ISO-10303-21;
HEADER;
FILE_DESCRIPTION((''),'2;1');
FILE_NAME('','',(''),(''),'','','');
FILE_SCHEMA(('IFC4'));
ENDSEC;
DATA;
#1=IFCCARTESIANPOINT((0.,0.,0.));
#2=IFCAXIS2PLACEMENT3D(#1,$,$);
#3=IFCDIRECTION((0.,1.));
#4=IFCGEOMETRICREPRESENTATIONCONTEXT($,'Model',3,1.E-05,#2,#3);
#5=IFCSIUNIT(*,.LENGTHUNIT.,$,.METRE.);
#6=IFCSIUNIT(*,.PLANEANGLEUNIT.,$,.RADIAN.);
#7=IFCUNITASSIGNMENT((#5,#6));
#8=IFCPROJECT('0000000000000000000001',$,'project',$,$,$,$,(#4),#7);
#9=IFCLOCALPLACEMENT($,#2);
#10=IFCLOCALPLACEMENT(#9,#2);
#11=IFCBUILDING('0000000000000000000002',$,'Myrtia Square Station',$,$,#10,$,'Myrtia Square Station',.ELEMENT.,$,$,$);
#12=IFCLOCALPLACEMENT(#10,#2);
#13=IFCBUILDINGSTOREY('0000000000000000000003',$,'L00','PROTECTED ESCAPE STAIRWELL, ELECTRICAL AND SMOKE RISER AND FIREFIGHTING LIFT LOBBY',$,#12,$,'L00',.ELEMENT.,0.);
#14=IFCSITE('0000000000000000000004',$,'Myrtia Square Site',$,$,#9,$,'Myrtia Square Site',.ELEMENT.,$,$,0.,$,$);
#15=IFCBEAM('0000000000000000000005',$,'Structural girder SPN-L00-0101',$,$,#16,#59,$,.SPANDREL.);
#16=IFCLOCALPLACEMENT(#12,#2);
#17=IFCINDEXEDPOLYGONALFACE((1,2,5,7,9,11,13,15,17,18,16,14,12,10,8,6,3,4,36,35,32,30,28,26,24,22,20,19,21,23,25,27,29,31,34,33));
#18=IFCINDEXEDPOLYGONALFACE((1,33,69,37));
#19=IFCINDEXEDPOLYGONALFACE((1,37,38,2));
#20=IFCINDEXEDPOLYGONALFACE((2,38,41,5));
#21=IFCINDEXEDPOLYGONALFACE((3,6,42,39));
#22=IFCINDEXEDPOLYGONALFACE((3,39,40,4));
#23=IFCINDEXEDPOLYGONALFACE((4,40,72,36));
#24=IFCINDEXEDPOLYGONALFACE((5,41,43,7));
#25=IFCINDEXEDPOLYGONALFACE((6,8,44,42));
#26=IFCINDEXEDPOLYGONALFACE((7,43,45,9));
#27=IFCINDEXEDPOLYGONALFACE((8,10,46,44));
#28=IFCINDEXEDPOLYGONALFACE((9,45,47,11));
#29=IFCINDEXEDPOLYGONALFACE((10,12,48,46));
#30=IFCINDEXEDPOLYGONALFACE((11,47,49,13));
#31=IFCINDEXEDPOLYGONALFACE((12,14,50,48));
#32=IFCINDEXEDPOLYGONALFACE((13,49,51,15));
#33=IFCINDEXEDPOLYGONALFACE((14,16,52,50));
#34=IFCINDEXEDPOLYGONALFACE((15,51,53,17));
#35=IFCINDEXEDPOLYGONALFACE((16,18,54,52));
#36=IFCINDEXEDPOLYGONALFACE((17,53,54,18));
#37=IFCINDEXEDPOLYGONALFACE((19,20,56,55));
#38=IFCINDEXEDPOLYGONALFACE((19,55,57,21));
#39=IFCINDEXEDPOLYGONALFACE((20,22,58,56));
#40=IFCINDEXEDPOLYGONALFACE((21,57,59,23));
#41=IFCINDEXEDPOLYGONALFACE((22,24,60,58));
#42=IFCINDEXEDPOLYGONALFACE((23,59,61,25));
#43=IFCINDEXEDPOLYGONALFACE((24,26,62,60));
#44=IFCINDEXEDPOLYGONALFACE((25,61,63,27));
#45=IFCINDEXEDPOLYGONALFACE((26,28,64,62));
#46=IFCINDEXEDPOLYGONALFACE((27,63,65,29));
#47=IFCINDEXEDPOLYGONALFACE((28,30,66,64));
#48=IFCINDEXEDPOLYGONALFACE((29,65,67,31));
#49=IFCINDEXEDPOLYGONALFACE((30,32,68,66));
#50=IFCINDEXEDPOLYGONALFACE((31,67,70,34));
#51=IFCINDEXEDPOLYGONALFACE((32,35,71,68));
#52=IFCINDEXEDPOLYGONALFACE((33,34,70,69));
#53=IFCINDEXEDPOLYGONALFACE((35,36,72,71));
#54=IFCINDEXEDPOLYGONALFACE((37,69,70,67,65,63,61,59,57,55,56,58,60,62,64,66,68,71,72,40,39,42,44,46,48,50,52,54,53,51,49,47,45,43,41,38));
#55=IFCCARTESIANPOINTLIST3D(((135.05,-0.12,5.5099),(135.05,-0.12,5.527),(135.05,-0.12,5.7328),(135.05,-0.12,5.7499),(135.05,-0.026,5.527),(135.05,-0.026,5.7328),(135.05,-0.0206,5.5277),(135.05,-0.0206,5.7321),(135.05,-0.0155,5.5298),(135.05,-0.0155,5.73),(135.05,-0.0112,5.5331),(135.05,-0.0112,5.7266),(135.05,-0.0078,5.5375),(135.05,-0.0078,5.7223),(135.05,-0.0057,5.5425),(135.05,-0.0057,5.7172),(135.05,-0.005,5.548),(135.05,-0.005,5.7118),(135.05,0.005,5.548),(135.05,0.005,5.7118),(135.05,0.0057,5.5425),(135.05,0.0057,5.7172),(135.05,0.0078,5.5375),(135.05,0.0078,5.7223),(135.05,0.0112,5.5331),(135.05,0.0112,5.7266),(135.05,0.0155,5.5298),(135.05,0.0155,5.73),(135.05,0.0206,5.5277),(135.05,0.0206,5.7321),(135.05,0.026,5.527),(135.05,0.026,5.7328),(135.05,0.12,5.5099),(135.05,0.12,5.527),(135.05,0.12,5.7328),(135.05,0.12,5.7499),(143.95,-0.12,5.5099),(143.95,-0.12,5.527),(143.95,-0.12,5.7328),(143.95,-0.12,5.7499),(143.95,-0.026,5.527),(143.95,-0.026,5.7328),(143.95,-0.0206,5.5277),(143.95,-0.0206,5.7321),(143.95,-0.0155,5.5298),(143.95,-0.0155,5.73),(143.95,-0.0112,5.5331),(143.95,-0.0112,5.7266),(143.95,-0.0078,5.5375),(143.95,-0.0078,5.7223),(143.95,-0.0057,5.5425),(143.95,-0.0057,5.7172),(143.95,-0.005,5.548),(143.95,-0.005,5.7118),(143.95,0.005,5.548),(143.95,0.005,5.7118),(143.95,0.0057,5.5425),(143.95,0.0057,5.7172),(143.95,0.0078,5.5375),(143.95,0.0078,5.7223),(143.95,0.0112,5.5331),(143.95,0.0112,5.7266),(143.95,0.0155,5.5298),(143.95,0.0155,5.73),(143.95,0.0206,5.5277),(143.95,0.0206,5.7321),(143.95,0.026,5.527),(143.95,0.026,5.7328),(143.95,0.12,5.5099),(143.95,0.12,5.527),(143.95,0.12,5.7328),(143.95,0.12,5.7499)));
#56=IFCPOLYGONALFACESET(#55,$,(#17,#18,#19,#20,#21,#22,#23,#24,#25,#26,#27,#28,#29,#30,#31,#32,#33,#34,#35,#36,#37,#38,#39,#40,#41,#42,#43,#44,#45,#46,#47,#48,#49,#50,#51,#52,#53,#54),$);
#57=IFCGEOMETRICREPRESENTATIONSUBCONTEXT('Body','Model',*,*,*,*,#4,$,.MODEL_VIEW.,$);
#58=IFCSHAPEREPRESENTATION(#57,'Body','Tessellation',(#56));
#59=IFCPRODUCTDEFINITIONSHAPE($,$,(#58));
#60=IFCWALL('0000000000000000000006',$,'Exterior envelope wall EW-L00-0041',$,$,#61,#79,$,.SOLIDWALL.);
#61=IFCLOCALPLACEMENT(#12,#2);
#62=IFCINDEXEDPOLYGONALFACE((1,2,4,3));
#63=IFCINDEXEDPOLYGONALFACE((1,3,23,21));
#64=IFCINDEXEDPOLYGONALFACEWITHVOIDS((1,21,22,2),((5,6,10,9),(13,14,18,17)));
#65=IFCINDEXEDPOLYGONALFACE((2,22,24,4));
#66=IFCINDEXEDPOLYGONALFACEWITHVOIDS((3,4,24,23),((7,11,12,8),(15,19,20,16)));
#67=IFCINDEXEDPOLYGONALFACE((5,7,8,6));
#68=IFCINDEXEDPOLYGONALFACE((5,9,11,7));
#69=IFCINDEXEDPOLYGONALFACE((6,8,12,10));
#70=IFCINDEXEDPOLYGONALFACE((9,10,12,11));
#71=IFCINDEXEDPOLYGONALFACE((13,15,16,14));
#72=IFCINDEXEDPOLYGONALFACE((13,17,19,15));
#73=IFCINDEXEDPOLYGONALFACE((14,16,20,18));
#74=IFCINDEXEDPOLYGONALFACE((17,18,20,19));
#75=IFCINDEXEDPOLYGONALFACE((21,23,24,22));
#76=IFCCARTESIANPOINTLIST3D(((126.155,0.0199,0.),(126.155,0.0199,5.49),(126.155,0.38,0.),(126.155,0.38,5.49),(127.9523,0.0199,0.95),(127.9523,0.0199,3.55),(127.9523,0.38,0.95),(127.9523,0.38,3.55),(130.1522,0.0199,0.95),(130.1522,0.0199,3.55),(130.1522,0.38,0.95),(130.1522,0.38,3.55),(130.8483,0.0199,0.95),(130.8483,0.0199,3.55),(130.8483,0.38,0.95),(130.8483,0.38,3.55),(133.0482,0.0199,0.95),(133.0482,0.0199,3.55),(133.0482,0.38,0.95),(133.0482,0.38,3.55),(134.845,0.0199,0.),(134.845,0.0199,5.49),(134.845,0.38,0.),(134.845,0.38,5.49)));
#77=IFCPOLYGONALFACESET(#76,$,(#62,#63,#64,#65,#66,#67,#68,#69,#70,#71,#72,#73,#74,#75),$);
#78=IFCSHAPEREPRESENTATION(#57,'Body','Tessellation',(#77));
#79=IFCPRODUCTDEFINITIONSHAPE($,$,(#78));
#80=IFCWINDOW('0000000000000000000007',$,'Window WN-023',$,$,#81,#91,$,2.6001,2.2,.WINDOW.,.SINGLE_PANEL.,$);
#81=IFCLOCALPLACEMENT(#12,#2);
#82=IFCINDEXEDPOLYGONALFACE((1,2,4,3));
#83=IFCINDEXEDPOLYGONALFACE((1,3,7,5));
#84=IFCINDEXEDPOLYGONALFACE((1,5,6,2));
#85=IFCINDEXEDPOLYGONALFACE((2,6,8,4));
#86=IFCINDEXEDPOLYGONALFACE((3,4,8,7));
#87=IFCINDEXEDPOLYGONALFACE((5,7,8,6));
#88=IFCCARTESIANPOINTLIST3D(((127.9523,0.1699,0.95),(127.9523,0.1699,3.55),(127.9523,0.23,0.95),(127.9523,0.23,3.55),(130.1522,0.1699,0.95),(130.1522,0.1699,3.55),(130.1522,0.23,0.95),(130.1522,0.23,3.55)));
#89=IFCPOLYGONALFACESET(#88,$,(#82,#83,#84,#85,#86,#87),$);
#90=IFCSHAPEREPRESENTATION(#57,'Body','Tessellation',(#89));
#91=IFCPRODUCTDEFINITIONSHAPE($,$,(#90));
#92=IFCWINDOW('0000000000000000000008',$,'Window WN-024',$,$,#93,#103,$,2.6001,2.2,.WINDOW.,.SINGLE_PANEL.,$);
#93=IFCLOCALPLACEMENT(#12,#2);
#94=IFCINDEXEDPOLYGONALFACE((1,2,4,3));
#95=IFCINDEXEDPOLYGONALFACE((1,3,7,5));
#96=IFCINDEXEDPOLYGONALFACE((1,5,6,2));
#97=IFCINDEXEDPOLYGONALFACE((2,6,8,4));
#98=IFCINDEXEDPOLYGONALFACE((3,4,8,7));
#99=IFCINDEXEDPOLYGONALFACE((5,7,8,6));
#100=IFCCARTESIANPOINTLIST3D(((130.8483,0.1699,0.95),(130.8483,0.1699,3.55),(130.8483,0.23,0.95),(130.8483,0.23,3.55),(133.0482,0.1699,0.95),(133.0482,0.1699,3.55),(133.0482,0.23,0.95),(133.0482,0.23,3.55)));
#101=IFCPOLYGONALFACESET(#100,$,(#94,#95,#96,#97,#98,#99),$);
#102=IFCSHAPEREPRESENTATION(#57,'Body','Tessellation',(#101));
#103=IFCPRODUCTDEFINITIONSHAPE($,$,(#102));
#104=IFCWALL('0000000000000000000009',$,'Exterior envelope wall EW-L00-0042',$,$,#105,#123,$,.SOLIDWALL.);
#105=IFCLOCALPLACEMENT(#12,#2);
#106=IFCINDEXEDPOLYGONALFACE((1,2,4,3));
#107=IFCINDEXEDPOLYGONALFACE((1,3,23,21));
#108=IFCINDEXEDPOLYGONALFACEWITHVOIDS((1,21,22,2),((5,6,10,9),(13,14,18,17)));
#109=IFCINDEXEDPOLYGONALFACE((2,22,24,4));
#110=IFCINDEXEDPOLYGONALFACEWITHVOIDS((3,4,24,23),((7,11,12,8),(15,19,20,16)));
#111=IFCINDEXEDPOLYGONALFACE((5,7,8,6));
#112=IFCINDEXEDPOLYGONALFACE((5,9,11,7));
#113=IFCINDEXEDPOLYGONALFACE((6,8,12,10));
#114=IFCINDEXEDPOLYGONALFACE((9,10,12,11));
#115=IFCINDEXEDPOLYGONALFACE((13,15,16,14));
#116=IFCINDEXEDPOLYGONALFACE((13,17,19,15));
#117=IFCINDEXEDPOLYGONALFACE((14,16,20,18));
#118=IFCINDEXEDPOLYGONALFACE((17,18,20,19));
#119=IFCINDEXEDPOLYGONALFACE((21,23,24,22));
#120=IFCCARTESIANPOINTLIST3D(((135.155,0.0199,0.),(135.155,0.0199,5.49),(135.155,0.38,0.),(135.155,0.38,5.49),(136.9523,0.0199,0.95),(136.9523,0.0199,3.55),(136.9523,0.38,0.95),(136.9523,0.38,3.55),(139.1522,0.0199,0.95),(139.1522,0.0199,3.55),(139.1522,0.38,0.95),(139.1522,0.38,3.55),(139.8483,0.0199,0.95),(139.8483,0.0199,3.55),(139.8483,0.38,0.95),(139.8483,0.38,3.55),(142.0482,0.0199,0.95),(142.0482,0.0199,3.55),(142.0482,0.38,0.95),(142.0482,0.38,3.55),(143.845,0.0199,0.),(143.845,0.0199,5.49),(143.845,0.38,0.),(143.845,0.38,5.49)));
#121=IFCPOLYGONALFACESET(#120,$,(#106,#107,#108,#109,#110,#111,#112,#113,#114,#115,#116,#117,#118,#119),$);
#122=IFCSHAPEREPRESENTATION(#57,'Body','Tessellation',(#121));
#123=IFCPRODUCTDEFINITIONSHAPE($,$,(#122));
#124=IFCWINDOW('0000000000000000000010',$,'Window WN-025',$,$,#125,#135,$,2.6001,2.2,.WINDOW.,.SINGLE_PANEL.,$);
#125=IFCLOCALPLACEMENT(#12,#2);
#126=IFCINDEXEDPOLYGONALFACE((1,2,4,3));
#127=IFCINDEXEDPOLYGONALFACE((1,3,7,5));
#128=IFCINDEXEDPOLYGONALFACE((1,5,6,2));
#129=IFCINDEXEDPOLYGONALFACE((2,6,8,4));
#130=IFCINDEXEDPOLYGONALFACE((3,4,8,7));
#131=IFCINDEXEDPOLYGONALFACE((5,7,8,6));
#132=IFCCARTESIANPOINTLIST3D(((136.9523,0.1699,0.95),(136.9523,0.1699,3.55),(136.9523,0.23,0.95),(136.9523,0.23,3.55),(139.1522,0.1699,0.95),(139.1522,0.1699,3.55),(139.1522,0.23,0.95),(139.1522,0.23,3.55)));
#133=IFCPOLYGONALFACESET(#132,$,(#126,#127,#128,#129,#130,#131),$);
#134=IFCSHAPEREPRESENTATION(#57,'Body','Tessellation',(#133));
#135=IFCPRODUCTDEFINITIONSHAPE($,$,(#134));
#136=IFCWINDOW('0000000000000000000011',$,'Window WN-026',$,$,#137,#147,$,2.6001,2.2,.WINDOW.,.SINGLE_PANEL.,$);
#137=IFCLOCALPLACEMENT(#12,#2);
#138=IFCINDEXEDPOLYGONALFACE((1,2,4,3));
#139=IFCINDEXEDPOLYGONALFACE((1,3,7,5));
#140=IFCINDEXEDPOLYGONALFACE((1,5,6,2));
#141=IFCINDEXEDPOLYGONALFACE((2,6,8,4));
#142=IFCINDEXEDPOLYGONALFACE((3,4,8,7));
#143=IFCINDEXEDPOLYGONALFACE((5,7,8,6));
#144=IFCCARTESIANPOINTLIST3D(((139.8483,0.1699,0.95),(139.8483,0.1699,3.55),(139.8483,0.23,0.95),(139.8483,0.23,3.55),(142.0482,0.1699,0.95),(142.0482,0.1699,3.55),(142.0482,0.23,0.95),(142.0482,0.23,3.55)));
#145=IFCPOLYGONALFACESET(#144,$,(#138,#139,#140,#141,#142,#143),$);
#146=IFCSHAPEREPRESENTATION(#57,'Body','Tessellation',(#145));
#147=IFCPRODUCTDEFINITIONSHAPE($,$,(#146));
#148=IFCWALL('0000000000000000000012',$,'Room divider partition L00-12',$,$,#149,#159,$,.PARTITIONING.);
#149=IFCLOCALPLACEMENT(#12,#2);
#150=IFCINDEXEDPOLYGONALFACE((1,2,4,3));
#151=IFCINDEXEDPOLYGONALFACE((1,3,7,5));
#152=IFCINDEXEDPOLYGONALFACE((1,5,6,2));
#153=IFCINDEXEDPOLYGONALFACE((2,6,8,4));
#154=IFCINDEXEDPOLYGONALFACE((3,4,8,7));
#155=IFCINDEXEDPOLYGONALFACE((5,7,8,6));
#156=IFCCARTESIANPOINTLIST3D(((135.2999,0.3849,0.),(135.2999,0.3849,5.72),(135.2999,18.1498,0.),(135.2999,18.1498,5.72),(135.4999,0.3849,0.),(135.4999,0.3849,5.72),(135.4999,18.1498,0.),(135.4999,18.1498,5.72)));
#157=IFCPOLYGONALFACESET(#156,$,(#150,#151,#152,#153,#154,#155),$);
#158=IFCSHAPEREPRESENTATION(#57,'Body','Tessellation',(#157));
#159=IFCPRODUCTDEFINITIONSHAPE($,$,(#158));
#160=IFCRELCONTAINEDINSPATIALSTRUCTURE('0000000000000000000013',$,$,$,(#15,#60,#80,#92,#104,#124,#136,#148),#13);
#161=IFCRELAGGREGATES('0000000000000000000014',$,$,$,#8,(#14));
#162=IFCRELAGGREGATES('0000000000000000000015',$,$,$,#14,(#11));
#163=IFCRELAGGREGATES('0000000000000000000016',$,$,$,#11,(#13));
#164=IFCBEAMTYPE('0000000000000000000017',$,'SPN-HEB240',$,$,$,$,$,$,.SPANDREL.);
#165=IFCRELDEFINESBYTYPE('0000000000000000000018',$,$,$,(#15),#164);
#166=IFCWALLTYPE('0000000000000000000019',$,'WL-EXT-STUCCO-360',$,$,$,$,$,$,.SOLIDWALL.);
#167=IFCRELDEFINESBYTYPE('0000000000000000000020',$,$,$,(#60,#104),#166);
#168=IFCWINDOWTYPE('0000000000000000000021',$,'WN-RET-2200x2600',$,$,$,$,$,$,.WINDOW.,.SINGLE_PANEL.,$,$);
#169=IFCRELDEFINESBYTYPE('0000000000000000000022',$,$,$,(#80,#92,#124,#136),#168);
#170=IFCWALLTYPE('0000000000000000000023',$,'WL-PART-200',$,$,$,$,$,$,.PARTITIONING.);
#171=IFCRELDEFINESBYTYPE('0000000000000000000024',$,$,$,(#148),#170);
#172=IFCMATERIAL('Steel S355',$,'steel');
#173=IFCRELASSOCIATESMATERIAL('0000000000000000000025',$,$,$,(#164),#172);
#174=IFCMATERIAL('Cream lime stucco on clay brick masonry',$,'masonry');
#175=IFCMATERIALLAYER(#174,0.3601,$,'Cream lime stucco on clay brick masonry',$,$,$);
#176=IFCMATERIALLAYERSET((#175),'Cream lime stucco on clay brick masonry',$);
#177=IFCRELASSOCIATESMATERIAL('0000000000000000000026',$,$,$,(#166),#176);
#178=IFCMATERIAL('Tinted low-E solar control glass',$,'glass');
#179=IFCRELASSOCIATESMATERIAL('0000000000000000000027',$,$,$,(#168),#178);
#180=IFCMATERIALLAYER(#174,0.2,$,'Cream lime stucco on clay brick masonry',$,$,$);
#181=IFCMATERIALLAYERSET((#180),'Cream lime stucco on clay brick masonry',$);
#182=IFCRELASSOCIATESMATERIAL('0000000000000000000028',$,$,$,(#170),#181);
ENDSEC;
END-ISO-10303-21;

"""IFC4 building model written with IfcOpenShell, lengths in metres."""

from ifc_helpers import new_model, si_unit, direction, frame, frame_2d, origin, origin_2d, place, context, subcontext, project, spatial, rectangle, i_section, extrude, material, layer, layer_set, material_profile, profile_set, type_object, element, fill, save


model = new_model("IFC4")

# Units and contexts
model_context = context("Model", 3, precision=1e-05, world=origin(), true_north=direction((0.0, 1.0)))
body_context = subcontext(model_context, "Body", "Model", "MODEL_VIEW")
ifc_project = project(units=[si_unit("LENGTHUNIT", "METRE"), si_unit("PLANEANGLEUNIT", "RADIAN")], contexts=[model_context])

# Site, building, storey
site_placement = place(None, origin())
site = spatial("IfcSite", under=ifc_project, at=site_placement, Name="Myrtia Square Site", LongName="Myrtia Square Site", CompositionType="ELEMENT", RefElevation=0.0)
building_placement = place(site_placement, origin())
building = spatial("IfcBuilding", under=site, at=building_placement, Name="Myrtia Square Station", LongName="Myrtia Square Station", CompositionType="ELEMENT")
storey_placement = place(building_placement, origin())
storey = spatial("IfcBuildingStorey", under=building, at=storey_placement, Name="L00", Description="PROTECTED ESCAPE STAIRWELL, ELECTRICAL AND SMOKE RISER AND FIREFIGHTING LIFT LOBBY", LongName="L00", CompositionType="ELEMENT", Elevation=0.0)

# Shared definitions
ifc_material_1 = material(Name="Steel S355", Category="steel")

# Beam
ifc_material_profile_1 = material_profile(ifc_material_1, i_section(OverallWidth=0.24, OverallDepth=0.24, WebThickness=0.01, FlangeThickness=0.0171, FilletRadius=0.021, at=origin_2d()), Name="HEB 240")
ifc_profile_set_1 = profile_set([ifc_material_profile_1], Name="Steel S355")
beam_type_1 = type_object("IfcBeamType", Name="SPN-HEB240", PredefinedType="SPANDREL", material=ifc_profile_set_1)
beam_1_placement = place(storey_placement, frame((135.05, 0.0, 5.6299), z_axis=(1.0, 0.0, 0.0), x_axis=(0.0, 1.0, 0.0)))
element("IfcBeam", 1, at=beam_1_placement, inside=storey, type_object=beam_type_1, Name="Structural girder SPN-L00-0101", PredefinedType="SPANDREL", context=body_context, shape_type="SweptSolid", body=[
    extrude(i_section(OverallWidth=0.24, OverallDepth=0.24, WebThickness=0.01, FlangeThickness=0.0171, FilletRadius=0.021, at=origin_2d()), origin(), (0.0, 0.0, 1.0), 8.8999),
])

# Walls, openings, windows
ifc_material_2 = material(Name="Cream lime stucco on clay brick masonry", Category="masonry")
ifc_layer_1 = layer(ifc_material_2, 0.3601, Name="Cream lime stucco on clay brick masonry")
ifc_layer_set_1 = layer_set([ifc_layer_1], Name="Cream lime stucco on clay brick masonry")
wall_type_1 = type_object("IfcWallType", Name="WL-EXT-STUCCO-360", PredefinedType="SOLIDWALL", material=ifc_layer_set_1)
wall_1_placement = place(storey_placement, frame((126.155, 0.2, 0.0), z_axis=(0.0, 0.0, 1.0), x_axis=(1.0, 0.0, 0.0)))
wall_1 = element("IfcWall", 2, at=wall_1_placement, inside=storey, type_object=wall_type_1, Name="Exterior envelope wall EW-L00-0041", PredefinedType="SOLIDWALL", context=body_context, shape_type="SweptSolid", body=[
    extrude(rectangle(XDim=8.6899, YDim=0.3601, at=frame_2d((4.345, 0.0))), origin(), (0.0, 0.0, 1.0), 5.49),
])
opening_1_placement = place(wall_1_placement, frame((1.7971, 0.0, 0.95)))
opening_1 = element("IfcOpeningElement", 3, at=opening_1_placement, cuts=wall_1, PredefinedType="OPENING", context=body_context, shape_type="SweptSolid", body=[
    extrude(rectangle(XDim=2.2, YDim=2.6001, at=frame_2d((1.1001, 1.3))), frame((0.0, 0.1951, 0.0), z_axis=(0.0, -1.0, 0.0), x_axis=(1.0, 0.0, 0.0)), (0.0, 0.0, 1.0), 0.3901),
])
opening_2_placement = place(wall_1_placement, frame((4.6931, 0.0, 0.95)))
opening_2 = element("IfcOpeningElement", 4, at=opening_2_placement, cuts=wall_1, PredefinedType="OPENING", context=body_context, shape_type="SweptSolid", body=[
    extrude(rectangle(XDim=2.2, YDim=2.6001, at=frame_2d((1.1001, 1.3))), frame((0.0, 0.1951, 0.0), z_axis=(0.0, -1.0, 0.0), x_axis=(1.0, 0.0, 0.0)), (0.0, 0.0, 1.0), 0.3901),
])
ifc_material_3 = material(Name="Tinted low-E solar control glass", Category="glass")
window_type = type_object("IfcWindowType", Name="WN-RET-2200x2600", PartitioningType="SINGLE_PANEL", PredefinedType="WINDOW", material=ifc_material_3)
window_1_placement = place(opening_1_placement, origin())
window_1 = element("IfcWindow", 5, at=window_1_placement, inside=storey, type_object=window_type, Name="Window WN-023", OverallHeight=2.6001, OverallWidth=2.2, PartitioningType="SINGLE_PANEL", PredefinedType="WINDOW", context=body_context, shape_type="SweptSolid", body=[
    extrude(rectangle(XDim=2.2, YDim=2.6001, at=frame_2d((1.1001, 1.3))), frame((0.0, 0.03, 0.0), z_axis=(0.0, -1.0, 0.0), x_axis=(1.0, 0.0, 0.0)), (0.0, 0.0, 1.0), 0.0601),
])
fill(opening_1, window_1)
window_2_placement = place(opening_2_placement, origin())
window_2 = element("IfcWindow", 6, at=window_2_placement, inside=storey, type_object=window_type, Name="Window WN-024", OverallHeight=2.6001, OverallWidth=2.2, PartitioningType="SINGLE_PANEL", PredefinedType="WINDOW", context=body_context, shape_type="SweptSolid", body=[
    extrude(rectangle(XDim=2.2, YDim=2.6001, at=frame_2d((1.1001, 1.3))), frame((0.0, 0.03, 0.0), z_axis=(0.0, -1.0, 0.0), x_axis=(1.0, 0.0, 0.0)), (0.0, 0.0, 1.0), 0.0601),
])
fill(opening_2, window_2)
wall_2_placement = place(storey_placement, frame((135.155, 0.2, 0.0), z_axis=(0.0, 0.0, 1.0), x_axis=(1.0, 0.0, 0.0)))
wall_2 = element("IfcWall", 7, at=wall_2_placement, inside=storey, type_object=wall_type_1, Name="Exterior envelope wall EW-L00-0042", PredefinedType="SOLIDWALL", context=body_context, shape_type="SweptSolid", body=[
    extrude(rectangle(XDim=8.6899, YDim=0.3601, at=frame_2d((4.345, 0.0))), origin(), (0.0, 0.0, 1.0), 5.49),
])
opening_3_placement = place(wall_2_placement, frame((1.7971, 0.0, 0.95)))
opening_3 = element("IfcOpeningElement", 8, at=opening_3_placement, cuts=wall_2, PredefinedType="OPENING", context=body_context, shape_type="SweptSolid", body=[
    extrude(rectangle(XDim=2.2, YDim=2.6001, at=frame_2d((1.1001, 1.3))), frame((0.0, 0.1951, 0.0), z_axis=(0.0, -1.0, 0.0), x_axis=(1.0, 0.0, 0.0)), (0.0, 0.0, 1.0), 0.3901),
])
opening_4_placement = place(wall_2_placement, frame((4.6931, 0.0, 0.95)))
opening_4 = element("IfcOpeningElement", 9, at=opening_4_placement, cuts=wall_2, PredefinedType="OPENING", context=body_context, shape_type="SweptSolid", body=[
    extrude(rectangle(XDim=2.2, YDim=2.6001, at=frame_2d((1.1001, 1.3))), frame((0.0, 0.1951, 0.0), z_axis=(0.0, -1.0, 0.0), x_axis=(1.0, 0.0, 0.0)), (0.0, 0.0, 1.0), 0.3901),
])
window_3_placement = place(opening_3_placement, origin())
window_3 = element("IfcWindow", 10, at=window_3_placement, inside=storey, type_object=window_type, Name="Window WN-025", OverallHeight=2.6001, OverallWidth=2.2, PartitioningType="SINGLE_PANEL", PredefinedType="WINDOW", context=body_context, shape_type="SweptSolid", body=[
    extrude(rectangle(XDim=2.2, YDim=2.6001, at=frame_2d((1.1001, 1.3))), frame((0.0, 0.03, 0.0), z_axis=(0.0, -1.0, 0.0), x_axis=(1.0, 0.0, 0.0)), (0.0, 0.0, 1.0), 0.0601),
])
fill(opening_3, window_3)
window_4_placement = place(opening_4_placement, origin())
window_4 = element("IfcWindow", 11, at=window_4_placement, inside=storey, type_object=window_type, Name="Window WN-026", OverallHeight=2.6001, OverallWidth=2.2, PartitioningType="SINGLE_PANEL", PredefinedType="WINDOW", context=body_context, shape_type="SweptSolid", body=[
    extrude(rectangle(XDim=2.2, YDim=2.6001, at=frame_2d((1.1001, 1.3))), frame((0.0, 0.03, 0.0), z_axis=(0.0, -1.0, 0.0), x_axis=(1.0, 0.0, 0.0)), (0.0, 0.0, 1.0), 0.0601),
])
fill(opening_4, window_4)

# Wall
ifc_layer_2 = layer(ifc_material_2, 0.2, Name="Cream lime stucco on clay brick masonry")
ifc_layer_set_2 = layer_set([ifc_layer_2], Name="Cream lime stucco on clay brick masonry")
wall_type_2 = type_object("IfcWallType", Name="WL-PART-200", PredefinedType="PARTITIONING", material=ifc_layer_set_2)
wall_3_placement = place(storey_placement, frame((135.3999, 0.385, 0.0), z_axis=(0.0, 0.0, 1.0), x_axis=(0.0, 1.0, 0.0)))
element("IfcWall", 12, at=wall_3_placement, inside=storey, type_object=wall_type_2, Name="Room divider partition L00-12", PredefinedType="PARTITIONING", context=body_context, shape_type="SweptSolid", body=[
    extrude(rectangle(XDim=17.7649, YDim=0.2, at=frame_2d((8.8823, 0.0))), origin(), (0.0, 0.0, 1.0), 5.72),
])

save(model, "model.ifc")
